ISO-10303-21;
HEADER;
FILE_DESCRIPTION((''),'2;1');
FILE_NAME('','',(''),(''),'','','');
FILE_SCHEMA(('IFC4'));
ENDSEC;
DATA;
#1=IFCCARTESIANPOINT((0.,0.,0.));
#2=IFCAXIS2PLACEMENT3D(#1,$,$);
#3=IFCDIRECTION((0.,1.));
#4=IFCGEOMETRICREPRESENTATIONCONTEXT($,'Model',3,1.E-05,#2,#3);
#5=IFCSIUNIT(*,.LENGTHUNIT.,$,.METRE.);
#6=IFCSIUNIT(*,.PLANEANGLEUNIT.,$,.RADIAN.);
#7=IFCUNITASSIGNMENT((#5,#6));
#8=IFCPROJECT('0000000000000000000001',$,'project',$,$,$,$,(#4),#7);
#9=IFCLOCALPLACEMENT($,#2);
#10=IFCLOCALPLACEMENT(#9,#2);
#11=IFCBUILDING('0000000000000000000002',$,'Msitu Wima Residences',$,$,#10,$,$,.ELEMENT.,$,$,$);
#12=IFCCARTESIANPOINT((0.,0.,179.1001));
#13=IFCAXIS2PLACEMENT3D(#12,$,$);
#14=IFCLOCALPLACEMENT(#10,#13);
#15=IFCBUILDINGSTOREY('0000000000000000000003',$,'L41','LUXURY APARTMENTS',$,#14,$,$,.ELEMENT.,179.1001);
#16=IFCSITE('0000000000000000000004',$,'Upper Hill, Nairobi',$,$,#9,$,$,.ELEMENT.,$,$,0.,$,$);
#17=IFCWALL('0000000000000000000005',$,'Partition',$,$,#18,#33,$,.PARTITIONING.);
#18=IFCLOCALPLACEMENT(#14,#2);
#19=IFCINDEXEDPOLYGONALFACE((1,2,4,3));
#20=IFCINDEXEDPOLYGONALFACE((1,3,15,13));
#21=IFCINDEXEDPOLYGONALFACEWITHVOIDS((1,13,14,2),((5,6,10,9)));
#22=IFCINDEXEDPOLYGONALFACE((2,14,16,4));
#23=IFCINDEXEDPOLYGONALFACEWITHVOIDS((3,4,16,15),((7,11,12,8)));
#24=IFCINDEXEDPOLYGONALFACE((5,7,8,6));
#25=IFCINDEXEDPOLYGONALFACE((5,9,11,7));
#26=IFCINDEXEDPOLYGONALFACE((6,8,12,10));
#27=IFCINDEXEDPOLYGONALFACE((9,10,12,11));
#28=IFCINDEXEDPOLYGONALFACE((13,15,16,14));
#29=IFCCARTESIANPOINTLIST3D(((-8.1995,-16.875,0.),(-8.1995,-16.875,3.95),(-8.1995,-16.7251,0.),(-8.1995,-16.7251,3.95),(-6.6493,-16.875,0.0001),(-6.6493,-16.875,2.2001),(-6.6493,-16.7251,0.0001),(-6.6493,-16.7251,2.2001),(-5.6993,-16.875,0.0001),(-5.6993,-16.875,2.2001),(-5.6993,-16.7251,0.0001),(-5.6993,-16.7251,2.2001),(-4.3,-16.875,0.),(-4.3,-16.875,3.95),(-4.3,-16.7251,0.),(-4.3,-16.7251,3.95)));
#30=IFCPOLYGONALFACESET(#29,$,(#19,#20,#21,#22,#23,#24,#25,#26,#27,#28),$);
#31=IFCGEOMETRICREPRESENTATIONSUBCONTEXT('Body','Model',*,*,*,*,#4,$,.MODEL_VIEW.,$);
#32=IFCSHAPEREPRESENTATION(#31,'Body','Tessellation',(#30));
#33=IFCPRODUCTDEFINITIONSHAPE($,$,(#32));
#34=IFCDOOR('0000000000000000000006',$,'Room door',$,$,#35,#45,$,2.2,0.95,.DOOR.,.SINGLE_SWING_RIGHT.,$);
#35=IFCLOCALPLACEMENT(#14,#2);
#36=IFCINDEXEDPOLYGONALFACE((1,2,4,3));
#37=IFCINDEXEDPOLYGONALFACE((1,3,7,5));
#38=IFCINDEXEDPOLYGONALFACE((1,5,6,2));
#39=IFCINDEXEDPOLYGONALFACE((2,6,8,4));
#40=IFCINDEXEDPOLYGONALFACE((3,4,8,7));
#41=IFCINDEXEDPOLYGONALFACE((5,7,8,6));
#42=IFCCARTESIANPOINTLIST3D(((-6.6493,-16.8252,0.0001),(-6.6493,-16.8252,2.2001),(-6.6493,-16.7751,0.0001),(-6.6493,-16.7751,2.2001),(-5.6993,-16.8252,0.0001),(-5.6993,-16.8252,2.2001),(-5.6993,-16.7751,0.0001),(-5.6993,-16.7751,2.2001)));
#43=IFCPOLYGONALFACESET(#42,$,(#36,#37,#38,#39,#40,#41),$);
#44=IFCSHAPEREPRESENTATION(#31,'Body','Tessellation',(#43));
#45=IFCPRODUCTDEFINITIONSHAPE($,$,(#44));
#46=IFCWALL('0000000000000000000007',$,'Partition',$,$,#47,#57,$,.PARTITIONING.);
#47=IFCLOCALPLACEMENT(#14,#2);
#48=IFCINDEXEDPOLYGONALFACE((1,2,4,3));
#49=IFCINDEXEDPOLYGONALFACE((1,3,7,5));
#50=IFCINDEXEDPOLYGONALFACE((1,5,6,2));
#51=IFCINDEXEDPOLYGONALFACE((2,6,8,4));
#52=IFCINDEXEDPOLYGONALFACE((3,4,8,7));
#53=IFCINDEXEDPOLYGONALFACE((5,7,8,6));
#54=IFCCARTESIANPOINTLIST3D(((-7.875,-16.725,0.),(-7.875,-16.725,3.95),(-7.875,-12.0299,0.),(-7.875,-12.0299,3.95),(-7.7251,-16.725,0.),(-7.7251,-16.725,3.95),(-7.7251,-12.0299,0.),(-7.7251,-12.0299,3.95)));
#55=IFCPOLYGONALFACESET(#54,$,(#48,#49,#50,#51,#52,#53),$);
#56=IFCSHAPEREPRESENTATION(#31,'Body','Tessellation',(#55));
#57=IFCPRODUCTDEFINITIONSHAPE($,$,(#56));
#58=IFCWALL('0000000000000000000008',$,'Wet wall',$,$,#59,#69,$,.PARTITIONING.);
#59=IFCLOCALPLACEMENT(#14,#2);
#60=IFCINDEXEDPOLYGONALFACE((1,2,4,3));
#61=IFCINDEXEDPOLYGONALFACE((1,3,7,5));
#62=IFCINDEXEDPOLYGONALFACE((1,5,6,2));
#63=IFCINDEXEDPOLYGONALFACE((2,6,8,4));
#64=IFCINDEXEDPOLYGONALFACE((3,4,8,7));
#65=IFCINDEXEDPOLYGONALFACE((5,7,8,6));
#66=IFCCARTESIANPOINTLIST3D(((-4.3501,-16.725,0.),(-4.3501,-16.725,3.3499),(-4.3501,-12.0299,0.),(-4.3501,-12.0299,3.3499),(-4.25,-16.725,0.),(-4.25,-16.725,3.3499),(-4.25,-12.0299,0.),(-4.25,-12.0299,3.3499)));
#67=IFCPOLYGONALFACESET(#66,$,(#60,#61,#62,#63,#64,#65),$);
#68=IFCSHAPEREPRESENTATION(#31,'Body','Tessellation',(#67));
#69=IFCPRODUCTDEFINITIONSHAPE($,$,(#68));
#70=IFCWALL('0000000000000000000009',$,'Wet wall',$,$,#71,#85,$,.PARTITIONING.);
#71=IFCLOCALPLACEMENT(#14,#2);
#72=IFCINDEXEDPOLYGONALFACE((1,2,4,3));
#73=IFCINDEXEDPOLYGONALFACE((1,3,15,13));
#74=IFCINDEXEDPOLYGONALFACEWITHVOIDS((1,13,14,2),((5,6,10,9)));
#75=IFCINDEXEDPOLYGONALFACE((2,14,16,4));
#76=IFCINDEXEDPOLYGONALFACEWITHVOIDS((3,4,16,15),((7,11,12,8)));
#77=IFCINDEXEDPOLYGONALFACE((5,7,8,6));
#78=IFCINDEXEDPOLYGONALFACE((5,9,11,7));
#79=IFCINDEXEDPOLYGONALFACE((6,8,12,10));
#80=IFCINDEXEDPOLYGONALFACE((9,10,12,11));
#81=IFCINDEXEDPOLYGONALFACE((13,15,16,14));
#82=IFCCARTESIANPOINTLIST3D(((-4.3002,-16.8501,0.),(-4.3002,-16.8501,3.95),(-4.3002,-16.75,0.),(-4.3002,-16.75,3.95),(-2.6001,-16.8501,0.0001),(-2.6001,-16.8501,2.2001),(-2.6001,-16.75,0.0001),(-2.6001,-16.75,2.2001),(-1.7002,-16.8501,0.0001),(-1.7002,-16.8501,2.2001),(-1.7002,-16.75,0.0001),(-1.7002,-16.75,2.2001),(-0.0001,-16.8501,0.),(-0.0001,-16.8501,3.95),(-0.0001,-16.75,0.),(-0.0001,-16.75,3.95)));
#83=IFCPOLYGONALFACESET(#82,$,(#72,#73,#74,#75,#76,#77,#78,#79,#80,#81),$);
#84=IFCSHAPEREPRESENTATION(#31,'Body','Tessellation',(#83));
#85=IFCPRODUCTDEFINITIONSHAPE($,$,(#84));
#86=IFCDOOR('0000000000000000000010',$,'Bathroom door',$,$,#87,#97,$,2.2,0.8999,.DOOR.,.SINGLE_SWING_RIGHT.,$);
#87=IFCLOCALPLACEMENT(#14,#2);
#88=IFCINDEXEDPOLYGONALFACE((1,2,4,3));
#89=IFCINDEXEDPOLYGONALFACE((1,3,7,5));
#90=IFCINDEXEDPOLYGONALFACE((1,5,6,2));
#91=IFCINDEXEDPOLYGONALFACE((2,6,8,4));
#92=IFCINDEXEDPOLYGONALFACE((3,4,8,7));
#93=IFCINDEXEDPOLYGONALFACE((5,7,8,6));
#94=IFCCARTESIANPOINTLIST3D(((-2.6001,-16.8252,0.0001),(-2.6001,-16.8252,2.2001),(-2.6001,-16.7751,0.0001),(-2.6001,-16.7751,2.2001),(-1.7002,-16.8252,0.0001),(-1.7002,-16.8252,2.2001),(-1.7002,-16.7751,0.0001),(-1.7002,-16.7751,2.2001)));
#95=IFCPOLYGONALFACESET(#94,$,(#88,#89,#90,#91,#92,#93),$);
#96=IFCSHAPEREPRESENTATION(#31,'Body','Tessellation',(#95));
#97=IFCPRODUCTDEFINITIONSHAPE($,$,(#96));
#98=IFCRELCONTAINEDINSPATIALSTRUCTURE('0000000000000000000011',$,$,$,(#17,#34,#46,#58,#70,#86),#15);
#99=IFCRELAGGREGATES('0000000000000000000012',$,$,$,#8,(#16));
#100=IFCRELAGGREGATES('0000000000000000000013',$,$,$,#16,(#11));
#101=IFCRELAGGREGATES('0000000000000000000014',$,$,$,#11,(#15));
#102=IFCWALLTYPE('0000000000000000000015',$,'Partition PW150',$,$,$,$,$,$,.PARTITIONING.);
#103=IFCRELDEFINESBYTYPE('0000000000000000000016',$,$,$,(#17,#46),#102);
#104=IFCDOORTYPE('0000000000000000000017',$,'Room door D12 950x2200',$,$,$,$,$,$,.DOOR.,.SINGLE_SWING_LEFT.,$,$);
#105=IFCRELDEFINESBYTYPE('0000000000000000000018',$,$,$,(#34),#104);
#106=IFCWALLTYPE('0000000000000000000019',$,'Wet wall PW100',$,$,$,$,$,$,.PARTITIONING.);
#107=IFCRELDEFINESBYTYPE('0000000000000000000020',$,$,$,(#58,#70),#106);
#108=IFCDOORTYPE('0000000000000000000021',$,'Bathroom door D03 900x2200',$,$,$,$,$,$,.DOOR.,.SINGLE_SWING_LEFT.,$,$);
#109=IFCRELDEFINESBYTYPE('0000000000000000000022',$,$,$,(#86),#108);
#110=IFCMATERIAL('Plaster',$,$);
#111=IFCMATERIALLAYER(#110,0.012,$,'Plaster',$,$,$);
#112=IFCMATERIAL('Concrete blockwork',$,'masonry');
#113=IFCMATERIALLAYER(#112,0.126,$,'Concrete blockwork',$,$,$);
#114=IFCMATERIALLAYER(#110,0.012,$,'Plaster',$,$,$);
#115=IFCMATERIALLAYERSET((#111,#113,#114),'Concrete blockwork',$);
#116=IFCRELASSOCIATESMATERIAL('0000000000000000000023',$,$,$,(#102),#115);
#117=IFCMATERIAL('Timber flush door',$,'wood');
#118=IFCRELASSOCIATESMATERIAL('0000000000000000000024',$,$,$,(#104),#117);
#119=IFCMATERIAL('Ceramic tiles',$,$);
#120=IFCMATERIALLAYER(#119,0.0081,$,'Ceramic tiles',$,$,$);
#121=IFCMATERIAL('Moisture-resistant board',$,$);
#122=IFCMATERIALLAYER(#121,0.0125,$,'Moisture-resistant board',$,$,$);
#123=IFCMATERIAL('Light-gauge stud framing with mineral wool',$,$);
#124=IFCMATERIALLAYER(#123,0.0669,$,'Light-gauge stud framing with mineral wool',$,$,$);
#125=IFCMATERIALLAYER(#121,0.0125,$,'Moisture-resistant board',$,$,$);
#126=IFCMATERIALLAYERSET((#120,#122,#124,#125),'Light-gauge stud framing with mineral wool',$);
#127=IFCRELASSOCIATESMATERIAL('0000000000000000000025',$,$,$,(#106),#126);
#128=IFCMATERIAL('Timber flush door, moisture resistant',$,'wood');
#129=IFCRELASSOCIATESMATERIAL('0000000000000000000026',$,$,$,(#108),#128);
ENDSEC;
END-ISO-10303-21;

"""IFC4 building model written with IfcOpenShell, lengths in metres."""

from ifc_helpers import new_model, si_unit, direction, frame, frame_2d, origin, place, context, subcontext, project, spatial, rectangle, extrude, material, layer, layer_set, type_object, element, fill, save


model = new_model("IFC4")

# Units and contexts
model_context = context("Model", 3, precision=1e-05, world=origin(), true_north=direction((0.0, 1.0)))
body_context = subcontext(model_context, "Body", "Model", "MODEL_VIEW")
ifc_project = project(units=[si_unit("LENGTHUNIT", "METRE"), si_unit("PLANEANGLEUNIT", "RADIAN")], contexts=[model_context])

# Site, building, storey
site_placement = place(None, origin())
site = spatial("IfcSite", under=ifc_project, at=site_placement, Name="Upper Hill, Nairobi", CompositionType="ELEMENT", RefElevation=0.0)
building_placement = place(site_placement, origin())
building = spatial("IfcBuilding", under=site, at=building_placement, Name="Msitu Wima Residences", CompositionType="ELEMENT")
storey_placement = place(building_placement, frame((0.0, 0.0, 179.1001)))
storey = spatial("IfcBuildingStorey", under=building, at=storey_placement, Name="L41", Description="LUXURY APARTMENTS", CompositionType="ELEMENT", Elevation=179.1001)

# Shared definitions
ifc_material_1 = material(Name="Plaster")
ifc_layer_1 = layer(ifc_material_1, 0.012, Name="Plaster")
ifc_material_2 = material(Name="Concrete blockwork", Category="masonry")
ifc_layer_2 = layer(ifc_material_2, 0.126, Name="Concrete blockwork")
ifc_layer_3 = layer(ifc_material_1, 0.012, Name="Plaster")
ifc_layer_set_1 = layer_set([ifc_layer_1, ifc_layer_2, ifc_layer_3], Name="Concrete blockwork")
wall_type_1 = type_object("IfcWallType", Name="Partition PW150", PredefinedType="PARTITIONING", material=ifc_layer_set_1)

# Wall, opening, door
ifc_material_3 = material(Name="Timber flush door", Category="wood")
door_type_1 = type_object("IfcDoorType", Name="Room door D12 950x2200", OperationType="SINGLE_SWING_LEFT", PredefinedType="DOOR", material=ifc_material_3)
wall_1_placement = place(storey_placement, frame((-8.1995, -16.8, 0.0), z_axis=(0.0, 0.0, 1.0), x_axis=(1.0, 0.0, 0.0)))
wall_1 = element("IfcWall", 1, at=wall_1_placement, inside=storey, type_object=wall_type_1, Name="Partition", PredefinedType="PARTITIONING", context=body_context, shape_type="SweptSolid", body=[
    extrude(rectangle(XDim=3.8994, YDim=0.1499, at=frame_2d((1.9497, 0.0))), origin(), (0.0, 0.0, 1.0), 3.95),
])
opening_1_placement = place(wall_1_placement, frame((1.55, 0.0, 0.0)))
opening_1 = element("IfcOpeningElement", 2, at=opening_1_placement, cuts=wall_1, PredefinedType="OPENING", context=body_context, shape_type="SweptSolid", body=[
    extrude(rectangle(XDim=0.95, YDim=2.2, at=frame_2d((0.4751, 1.1001))), frame((0.0, 0.085, 0.0), z_axis=(0.0, -1.0, 0.0), x_axis=(1.0, 0.0, 0.0)), (0.0, 0.0, 1.0), 0.1699),
])
door_1_placement = place(opening_1_placement, origin())
door_1 = element("IfcDoor", 3, at=door_1_placement, inside=storey, type_object=door_type_1, Name="Room door", OperationType="SINGLE_SWING_RIGHT", OverallHeight=2.2, OverallWidth=0.95, PredefinedType="DOOR", context=body_context, shape_type="SweptSolid", body=[
    extrude(rectangle(XDim=0.95, YDim=2.2, at=frame_2d((0.4751, 1.1001))), frame((0.0, 0.0249, 0.0), z_axis=(0.0, -1.0, 0.0), x_axis=(1.0, 0.0, 0.0)), (0.0, 0.0, 1.0), 0.05),
])
fill(opening_1, door_1)

# Walls
wall_2_placement = place(storey_placement, frame((-7.8, -16.7251, 0.0), z_axis=(0.0, 0.0, 1.0), x_axis=(0.0, 1.0, 0.0)))
element("IfcWall", 4, at=wall_2_placement, inside=storey, type_object=wall_type_1, Name="Partition", PredefinedType="PARTITIONING", context=body_context, shape_type="SweptSolid", body=[
    extrude(rectangle(XDim=4.6951, YDim=0.1499, at=frame_2d((2.3477, 0.0))), origin(), (0.0, 0.0, 1.0), 3.95),
])
ifc_material_4 = material(Name="Ceramic tiles")
ifc_layer_4 = layer(ifc_material_4, 0.0081, Name="Ceramic tiles")
ifc_material_5 = material(Name="Moisture-resistant board")
ifc_layer_5 = layer(ifc_material_5, 0.0125, Name="Moisture-resistant board")
ifc_material_6 = material(Name="Light-gauge stud framing with mineral wool")
ifc_layer_6 = layer(ifc_material_6, 0.0669, Name="Light-gauge stud framing with mineral wool")
ifc_layer_7 = layer(ifc_material_5, 0.0125, Name="Moisture-resistant board")
ifc_layer_set_2 = layer_set([ifc_layer_4, ifc_layer_5, ifc_layer_6, ifc_layer_7], Name="Light-gauge stud framing with mineral wool")
wall_type_2 = type_object("IfcWallType", Name="Wet wall PW100", PredefinedType="PARTITIONING", material=ifc_layer_set_2)
wall_3_placement = place(storey_placement, frame((-4.3, -16.7251, 0.0), z_axis=(0.0, 0.0, 1.0), x_axis=(0.0, 1.0, 0.0)))
element("IfcWall", 5, at=wall_3_placement, inside=storey, type_object=wall_type_2, Name="Wet wall", PredefinedType="PARTITIONING", context=body_context, shape_type="SweptSolid", body=[
    extrude(rectangle(XDim=4.6951, YDim=0.1001, at=frame_2d((2.3477, 0.0))), origin(), (0.0, 0.0, 1.0), 3.3499),
])

# Wall, opening, door
wall_4_placement = place(storey_placement, frame((-4.3, -16.8, 0.0), z_axis=(0.0, 0.0, 1.0), x_axis=(1.0, 0.0, 0.0)))
wall_4 = element("IfcWall", 6, at=wall_4_placement, inside=storey, type_object=wall_type_2, Name="Wet wall", PredefinedType="PARTITIONING", context=body_context, shape_type="SweptSolid", body=[
    extrude(rectangle(XDim=4.3, YDim=0.1001, at=frame_2d((2.1499, 0.0))), origin(), (0.0, 0.0, 1.0), 3.95),
])
opening_2_placement = place(wall_4_placement, frame((1.7, 0.0, 0.0)))
opening_2 = element("IfcOpeningElement", 7, at=opening_2_placement, cuts=wall_4, PredefinedType="OPENING", context=body_context, shape_type="SweptSolid", body=[
    extrude(rectangle(XDim=0.8999, YDim=2.2, at=frame_2d((0.45, 1.1001))), frame((0.0, 0.0601, 0.0), z_axis=(0.0, -1.0, 0.0), x_axis=(1.0, 0.0, 0.0)), (0.0, 0.0, 1.0), 0.1201),
])
ifc_material_7 = material(Name="Timber flush door, moisture resistant", Category="wood")
door_type_2 = type_object("IfcDoorType", Name="Bathroom door D03 900x2200", OperationType="SINGLE_SWING_LEFT", PredefinedType="DOOR", material=ifc_material_7)
door_2_placement = place(opening_2_placement, origin())
door_2 = element("IfcDoor", 8, at=door_2_placement, inside=storey, type_object=door_type_2, Name="Bathroom door", OperationType="SINGLE_SWING_RIGHT", OverallHeight=2.2, OverallWidth=0.8999, PredefinedType="DOOR", context=body_context, shape_type="SweptSolid", body=[
    extrude(rectangle(XDim=0.8999, YDim=2.2, at=frame_2d((0.45, 1.1001))), frame((0.0, 0.0249, 0.0), z_axis=(0.0, -1.0, 0.0), x_axis=(1.0, 0.0, 0.0)), (0.0, 0.0, 1.0), 0.05),
])
fill(opening_2, door_2)

save(model, "model.ifc")
